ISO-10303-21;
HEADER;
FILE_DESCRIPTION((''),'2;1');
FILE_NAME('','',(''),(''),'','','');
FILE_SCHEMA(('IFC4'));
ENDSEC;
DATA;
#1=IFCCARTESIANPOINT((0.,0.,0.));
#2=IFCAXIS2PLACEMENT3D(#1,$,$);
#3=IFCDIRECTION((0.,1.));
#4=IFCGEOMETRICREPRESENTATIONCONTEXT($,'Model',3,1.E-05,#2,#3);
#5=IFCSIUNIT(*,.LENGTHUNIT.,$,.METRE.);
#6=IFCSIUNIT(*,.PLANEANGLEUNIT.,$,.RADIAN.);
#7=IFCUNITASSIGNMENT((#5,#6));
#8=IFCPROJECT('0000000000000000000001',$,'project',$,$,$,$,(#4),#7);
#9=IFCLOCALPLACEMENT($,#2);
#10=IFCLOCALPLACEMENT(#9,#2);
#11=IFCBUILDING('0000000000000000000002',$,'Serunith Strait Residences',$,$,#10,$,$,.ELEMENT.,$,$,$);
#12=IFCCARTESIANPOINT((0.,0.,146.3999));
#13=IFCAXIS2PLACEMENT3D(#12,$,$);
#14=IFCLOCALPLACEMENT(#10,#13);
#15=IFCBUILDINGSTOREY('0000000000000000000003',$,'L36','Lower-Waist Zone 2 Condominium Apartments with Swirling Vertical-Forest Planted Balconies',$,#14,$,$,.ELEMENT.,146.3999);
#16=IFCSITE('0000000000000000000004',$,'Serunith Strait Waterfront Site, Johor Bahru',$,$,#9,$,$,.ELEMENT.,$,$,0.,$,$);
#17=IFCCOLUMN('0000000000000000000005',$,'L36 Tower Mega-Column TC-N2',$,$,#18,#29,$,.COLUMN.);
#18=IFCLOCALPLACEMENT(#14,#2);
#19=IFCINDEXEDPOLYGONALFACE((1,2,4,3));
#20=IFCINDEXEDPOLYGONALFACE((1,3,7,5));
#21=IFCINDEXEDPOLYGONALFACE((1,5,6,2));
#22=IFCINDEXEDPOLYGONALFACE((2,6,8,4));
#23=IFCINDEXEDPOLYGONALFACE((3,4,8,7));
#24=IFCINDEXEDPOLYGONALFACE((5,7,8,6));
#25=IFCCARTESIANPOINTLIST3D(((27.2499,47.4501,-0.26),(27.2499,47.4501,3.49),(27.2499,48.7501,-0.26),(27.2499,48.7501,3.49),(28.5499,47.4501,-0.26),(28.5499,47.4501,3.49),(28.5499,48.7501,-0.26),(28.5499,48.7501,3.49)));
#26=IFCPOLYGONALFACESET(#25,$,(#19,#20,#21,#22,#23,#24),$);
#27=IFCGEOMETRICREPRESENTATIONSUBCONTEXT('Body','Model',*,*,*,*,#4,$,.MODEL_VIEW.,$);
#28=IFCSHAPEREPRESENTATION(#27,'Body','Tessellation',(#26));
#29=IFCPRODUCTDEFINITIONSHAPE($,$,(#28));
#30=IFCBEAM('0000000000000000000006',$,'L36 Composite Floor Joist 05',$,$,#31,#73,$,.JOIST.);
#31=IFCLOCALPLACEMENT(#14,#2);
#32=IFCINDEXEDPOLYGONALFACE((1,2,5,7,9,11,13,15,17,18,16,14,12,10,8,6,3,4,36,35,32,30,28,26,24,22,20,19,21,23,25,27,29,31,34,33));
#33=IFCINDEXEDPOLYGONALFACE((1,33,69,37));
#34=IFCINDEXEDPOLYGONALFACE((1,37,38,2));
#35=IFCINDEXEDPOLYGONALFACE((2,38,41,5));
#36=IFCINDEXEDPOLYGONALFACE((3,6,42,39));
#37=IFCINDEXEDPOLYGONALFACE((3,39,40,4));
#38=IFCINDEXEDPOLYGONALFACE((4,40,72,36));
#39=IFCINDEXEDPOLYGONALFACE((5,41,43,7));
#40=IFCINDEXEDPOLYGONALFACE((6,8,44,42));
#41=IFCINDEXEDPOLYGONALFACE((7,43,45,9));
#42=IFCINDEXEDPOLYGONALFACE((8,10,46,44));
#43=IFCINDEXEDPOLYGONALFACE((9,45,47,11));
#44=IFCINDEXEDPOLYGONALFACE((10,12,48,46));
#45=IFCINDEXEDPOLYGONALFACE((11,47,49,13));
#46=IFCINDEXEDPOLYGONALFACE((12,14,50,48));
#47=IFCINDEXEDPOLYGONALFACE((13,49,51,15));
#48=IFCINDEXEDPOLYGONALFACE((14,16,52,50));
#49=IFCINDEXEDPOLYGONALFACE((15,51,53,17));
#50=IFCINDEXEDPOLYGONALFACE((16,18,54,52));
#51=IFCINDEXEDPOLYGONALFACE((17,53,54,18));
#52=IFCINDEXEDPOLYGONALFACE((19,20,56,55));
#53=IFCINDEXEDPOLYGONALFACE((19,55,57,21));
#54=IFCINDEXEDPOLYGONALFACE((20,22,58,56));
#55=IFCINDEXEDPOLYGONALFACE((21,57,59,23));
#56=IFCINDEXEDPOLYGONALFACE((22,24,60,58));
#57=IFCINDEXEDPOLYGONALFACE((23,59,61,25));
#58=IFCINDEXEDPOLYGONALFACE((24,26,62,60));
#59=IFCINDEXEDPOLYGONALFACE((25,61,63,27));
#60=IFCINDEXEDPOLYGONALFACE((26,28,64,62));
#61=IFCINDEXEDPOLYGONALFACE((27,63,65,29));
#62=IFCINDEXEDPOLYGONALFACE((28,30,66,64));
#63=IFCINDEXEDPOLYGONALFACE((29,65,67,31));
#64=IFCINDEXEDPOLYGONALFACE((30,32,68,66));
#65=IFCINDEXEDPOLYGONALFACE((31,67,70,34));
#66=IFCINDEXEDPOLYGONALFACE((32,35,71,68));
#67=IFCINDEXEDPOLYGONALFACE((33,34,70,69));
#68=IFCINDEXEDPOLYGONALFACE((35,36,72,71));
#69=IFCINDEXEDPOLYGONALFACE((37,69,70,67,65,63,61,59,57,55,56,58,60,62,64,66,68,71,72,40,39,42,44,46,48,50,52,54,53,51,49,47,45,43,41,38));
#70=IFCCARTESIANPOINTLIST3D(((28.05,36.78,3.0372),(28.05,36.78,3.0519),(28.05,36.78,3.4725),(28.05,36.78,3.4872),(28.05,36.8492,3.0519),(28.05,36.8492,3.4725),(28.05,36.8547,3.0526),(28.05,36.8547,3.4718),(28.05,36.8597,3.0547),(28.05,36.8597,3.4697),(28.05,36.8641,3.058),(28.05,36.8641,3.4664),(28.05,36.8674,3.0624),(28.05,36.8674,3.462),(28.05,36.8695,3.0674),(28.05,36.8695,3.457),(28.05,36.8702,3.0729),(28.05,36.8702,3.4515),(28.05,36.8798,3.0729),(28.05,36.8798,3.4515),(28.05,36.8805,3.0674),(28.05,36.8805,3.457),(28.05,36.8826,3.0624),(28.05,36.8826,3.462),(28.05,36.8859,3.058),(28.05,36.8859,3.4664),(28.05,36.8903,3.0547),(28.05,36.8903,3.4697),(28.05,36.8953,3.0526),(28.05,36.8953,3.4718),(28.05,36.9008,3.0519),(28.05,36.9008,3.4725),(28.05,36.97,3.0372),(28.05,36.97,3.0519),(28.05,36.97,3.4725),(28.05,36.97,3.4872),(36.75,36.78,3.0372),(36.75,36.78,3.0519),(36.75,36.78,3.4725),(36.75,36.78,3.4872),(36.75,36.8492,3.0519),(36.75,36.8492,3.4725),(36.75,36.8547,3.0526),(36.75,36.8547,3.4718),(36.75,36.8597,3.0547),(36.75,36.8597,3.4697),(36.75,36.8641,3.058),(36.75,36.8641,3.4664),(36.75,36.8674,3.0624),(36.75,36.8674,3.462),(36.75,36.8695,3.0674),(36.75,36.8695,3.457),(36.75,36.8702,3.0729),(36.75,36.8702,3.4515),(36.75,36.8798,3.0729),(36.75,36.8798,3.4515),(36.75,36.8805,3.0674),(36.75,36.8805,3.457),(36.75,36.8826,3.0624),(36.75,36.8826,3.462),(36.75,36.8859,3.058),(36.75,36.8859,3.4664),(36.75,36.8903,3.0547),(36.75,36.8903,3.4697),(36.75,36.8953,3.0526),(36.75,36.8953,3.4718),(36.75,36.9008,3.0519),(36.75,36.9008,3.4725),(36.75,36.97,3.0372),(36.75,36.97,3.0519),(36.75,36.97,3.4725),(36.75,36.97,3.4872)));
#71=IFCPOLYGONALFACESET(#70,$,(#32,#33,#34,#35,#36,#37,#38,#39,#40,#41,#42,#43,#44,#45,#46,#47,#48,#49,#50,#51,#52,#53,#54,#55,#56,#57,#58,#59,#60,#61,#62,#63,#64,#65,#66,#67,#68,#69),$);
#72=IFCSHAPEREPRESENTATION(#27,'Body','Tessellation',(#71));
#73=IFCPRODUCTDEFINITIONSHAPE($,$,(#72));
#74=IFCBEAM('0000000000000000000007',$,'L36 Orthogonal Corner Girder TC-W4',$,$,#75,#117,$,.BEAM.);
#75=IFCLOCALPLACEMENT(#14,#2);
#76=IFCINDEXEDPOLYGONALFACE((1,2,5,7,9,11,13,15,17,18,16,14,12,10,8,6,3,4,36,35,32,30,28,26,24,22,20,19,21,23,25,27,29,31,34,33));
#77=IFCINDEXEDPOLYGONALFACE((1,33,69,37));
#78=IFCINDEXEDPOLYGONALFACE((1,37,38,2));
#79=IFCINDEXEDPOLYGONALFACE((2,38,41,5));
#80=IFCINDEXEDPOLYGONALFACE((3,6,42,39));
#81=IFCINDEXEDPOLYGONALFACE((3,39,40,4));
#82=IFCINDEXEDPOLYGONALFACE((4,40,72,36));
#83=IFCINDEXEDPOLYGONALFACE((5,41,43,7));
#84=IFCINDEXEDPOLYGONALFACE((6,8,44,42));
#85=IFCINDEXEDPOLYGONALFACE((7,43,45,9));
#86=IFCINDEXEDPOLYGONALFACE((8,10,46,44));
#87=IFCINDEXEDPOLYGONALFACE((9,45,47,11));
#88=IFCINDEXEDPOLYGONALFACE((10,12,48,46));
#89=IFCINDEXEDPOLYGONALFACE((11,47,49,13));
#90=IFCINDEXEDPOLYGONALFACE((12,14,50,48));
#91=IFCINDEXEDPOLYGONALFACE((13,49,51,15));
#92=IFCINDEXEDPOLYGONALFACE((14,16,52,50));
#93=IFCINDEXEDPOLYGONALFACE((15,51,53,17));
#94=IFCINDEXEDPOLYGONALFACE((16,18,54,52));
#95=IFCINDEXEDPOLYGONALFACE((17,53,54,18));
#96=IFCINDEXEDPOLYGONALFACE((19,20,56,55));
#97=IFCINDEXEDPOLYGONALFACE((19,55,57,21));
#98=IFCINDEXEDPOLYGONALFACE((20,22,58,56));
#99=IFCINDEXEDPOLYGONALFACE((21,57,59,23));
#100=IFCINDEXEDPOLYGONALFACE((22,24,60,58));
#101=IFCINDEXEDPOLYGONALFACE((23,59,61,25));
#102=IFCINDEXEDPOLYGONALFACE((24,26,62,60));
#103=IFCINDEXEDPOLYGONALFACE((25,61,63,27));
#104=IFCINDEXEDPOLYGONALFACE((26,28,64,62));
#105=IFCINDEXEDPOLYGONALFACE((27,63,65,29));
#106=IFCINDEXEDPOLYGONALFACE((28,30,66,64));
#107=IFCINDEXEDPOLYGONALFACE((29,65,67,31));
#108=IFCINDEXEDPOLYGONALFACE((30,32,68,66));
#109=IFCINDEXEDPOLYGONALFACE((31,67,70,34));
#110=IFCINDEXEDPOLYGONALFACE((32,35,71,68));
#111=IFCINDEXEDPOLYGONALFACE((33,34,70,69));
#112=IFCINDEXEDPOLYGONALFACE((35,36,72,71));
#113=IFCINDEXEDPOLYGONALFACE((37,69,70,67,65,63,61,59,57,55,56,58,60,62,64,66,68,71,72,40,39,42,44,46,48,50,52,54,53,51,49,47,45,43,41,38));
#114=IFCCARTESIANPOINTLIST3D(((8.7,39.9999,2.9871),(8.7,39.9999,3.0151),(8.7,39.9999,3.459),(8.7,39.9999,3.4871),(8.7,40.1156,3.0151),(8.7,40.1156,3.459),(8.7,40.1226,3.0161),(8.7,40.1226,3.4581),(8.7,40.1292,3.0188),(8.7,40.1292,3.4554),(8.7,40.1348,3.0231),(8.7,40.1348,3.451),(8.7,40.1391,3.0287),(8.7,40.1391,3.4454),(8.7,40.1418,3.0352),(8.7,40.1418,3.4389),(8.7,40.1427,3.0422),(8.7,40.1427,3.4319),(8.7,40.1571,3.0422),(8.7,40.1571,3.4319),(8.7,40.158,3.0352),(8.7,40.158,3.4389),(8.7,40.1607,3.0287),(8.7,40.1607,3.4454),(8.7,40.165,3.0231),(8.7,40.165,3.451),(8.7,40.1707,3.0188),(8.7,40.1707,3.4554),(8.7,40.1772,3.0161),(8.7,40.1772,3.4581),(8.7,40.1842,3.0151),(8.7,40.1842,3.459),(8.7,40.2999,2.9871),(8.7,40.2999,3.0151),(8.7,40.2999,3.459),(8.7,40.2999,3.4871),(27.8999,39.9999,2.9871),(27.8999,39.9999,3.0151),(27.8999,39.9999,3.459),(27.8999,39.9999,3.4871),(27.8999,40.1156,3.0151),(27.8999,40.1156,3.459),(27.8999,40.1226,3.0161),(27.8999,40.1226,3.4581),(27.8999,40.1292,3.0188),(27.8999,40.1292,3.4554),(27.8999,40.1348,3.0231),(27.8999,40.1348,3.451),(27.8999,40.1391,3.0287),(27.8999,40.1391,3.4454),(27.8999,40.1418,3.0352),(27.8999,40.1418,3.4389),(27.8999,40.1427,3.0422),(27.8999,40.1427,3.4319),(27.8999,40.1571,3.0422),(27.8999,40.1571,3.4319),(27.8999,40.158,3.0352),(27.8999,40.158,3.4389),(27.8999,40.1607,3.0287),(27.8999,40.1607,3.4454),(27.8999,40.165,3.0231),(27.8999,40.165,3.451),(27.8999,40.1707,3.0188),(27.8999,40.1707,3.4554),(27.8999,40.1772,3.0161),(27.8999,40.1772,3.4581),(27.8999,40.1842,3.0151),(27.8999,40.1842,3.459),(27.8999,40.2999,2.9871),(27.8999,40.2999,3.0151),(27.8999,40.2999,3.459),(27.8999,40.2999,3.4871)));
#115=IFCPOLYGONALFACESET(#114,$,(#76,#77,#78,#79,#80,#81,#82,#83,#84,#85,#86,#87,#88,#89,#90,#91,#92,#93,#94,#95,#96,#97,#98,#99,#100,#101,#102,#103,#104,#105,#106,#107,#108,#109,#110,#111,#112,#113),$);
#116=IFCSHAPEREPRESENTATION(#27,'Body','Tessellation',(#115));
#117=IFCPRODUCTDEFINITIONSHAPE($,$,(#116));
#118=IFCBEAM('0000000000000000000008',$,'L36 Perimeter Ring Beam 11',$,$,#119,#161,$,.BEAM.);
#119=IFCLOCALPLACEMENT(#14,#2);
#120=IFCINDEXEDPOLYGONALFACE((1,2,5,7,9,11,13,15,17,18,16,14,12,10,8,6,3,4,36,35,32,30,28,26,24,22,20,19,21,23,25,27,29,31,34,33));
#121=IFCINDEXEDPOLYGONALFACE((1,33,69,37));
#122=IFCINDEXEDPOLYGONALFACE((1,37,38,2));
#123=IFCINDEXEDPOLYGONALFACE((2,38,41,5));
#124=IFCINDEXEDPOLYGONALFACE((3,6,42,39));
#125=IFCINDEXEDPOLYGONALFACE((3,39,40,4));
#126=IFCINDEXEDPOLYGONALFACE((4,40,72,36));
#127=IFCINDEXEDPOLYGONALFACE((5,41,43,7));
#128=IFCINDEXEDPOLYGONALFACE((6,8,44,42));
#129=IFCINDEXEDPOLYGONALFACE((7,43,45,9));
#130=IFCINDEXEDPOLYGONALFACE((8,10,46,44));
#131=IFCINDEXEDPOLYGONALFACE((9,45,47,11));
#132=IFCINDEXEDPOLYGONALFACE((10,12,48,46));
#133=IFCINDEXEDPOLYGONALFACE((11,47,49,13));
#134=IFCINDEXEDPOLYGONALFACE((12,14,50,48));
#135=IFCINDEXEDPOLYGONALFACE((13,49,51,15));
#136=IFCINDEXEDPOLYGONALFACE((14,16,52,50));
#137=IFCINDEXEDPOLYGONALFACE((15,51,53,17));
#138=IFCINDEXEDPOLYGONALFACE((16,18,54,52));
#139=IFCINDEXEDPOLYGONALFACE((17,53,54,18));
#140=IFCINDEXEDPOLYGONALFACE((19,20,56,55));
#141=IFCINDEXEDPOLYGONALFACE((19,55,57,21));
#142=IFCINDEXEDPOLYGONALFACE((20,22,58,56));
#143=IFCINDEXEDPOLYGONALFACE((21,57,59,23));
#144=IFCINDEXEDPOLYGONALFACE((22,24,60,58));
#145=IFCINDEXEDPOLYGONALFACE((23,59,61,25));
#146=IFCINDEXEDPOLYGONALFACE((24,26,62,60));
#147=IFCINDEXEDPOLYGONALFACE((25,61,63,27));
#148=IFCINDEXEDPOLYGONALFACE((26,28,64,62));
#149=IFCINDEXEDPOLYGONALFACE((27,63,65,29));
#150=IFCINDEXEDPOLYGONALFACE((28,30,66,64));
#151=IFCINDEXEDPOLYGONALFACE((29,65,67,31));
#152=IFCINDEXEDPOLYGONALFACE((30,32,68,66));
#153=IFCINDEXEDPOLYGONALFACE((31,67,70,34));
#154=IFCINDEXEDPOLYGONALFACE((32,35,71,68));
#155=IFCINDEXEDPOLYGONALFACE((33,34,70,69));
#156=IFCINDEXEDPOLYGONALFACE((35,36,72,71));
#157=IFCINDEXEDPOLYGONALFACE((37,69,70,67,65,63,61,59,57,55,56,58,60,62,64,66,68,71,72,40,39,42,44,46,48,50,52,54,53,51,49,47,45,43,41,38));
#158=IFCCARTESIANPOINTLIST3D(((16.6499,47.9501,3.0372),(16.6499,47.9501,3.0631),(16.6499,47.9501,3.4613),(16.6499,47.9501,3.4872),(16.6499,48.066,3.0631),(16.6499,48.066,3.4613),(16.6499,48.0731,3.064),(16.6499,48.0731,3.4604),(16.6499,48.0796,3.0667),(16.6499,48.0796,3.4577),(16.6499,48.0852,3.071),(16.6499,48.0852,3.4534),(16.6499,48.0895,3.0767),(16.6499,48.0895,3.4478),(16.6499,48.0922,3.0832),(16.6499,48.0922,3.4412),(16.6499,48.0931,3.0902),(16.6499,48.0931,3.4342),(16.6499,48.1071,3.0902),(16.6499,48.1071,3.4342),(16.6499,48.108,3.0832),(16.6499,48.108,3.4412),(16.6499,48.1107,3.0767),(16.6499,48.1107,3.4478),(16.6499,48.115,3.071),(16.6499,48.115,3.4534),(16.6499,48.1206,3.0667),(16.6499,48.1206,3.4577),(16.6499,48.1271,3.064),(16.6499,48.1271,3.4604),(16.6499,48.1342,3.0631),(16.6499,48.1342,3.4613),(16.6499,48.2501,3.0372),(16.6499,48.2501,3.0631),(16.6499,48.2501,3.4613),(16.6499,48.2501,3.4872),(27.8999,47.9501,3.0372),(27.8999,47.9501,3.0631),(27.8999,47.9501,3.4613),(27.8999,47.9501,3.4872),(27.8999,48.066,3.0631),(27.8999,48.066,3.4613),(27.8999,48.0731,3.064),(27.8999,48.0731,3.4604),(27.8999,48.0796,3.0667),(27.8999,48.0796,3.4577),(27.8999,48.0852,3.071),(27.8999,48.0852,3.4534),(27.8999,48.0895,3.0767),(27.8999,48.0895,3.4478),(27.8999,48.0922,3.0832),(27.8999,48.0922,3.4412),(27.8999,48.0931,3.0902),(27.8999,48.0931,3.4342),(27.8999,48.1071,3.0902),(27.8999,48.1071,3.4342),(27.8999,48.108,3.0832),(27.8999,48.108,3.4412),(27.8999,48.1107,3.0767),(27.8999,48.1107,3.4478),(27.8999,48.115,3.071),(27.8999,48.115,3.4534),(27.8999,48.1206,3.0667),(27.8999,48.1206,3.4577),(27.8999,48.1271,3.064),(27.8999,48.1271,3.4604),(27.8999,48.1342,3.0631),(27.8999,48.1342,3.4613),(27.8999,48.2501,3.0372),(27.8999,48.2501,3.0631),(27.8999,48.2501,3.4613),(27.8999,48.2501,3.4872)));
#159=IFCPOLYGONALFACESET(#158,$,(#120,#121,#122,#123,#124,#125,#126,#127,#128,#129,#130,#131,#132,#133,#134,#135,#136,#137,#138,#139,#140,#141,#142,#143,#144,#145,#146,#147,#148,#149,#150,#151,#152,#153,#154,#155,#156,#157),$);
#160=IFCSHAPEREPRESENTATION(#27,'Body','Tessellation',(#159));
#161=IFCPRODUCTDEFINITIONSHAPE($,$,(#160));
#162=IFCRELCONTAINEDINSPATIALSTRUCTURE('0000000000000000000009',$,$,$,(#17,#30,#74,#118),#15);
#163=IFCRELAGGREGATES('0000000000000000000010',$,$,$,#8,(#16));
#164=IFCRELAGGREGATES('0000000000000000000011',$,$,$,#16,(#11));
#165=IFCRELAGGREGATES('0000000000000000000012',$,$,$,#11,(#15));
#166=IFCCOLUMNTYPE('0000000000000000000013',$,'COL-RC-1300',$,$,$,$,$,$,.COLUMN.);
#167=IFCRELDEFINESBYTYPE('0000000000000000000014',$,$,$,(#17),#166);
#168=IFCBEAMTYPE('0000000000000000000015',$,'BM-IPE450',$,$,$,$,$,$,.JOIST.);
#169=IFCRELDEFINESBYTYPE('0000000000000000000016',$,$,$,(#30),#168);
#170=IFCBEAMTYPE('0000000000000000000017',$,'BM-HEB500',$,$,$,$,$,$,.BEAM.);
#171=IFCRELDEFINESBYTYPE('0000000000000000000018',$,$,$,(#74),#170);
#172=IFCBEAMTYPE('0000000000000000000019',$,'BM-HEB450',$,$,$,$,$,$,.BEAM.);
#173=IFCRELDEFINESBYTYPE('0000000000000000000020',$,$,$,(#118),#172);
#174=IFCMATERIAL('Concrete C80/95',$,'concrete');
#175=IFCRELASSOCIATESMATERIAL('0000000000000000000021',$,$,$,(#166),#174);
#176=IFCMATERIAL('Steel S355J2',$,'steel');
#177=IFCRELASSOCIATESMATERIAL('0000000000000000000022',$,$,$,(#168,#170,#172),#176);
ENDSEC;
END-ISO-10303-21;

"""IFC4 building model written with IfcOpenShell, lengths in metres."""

from ifc_helpers import new_model, si_unit, direction, frame, origin, origin_2d, place, context, subcontext, project, spatial, rectangle, i_section, extrude, source, transform, mapped, material, material_profile, profile_set, type_object, element, save


model = new_model("IFC4")

# Units and contexts
model_context = context("Model", 3, precision=1e-05, world=origin(), true_north=direction((0.0, 1.0)))
body_context = subcontext(model_context, "Body", "Model", "MODEL_VIEW")
ifc_project = project(units=[si_unit("LENGTHUNIT", "METRE"), si_unit("PLANEANGLEUNIT", "RADIAN")], contexts=[model_context])

# Site, building, storey
site_placement = place(None, origin())
site = spatial("IfcSite", under=ifc_project, at=site_placement, Name="Serunith Strait Waterfront Site, Johor Bahru", CompositionType="ELEMENT", RefElevation=0.0)
building_placement = place(site_placement, origin())
building = spatial("IfcBuilding", under=site, at=building_placement, Name="Serunith Strait Residences", CompositionType="ELEMENT")
storey_placement = place(building_placement, frame((0.0, 0.0, 146.3999)))
storey = spatial("IfcBuildingStorey", under=building, at=storey_placement, Name="L36", Description="Lower-Waist Zone 2 Condominium Apartments with Swirling Vertical-Forest Planted Balconies", CompositionType="ELEMENT", Elevation=146.3999)

# Column
ifc_material_1 = material(Name="Concrete C80/95", Category="concrete")
ifc_material_profile_1 = material_profile(ifc_material_1, rectangle(XDim=1.3, YDim=1.3, at=origin_2d()), Name="RC 1300x1300")
ifc_profile_set_1 = profile_set([ifc_material_profile_1], Name="Concrete C80/95")
column_type = type_object("IfcColumnType", Name="COL-RC-1300", PredefinedType="COLUMN", material=ifc_profile_set_1)
shared_shape_1 = source(origin(), body_context, "Body", "SweptSolid", [
    extrude(rectangle(XDim=1.3, YDim=1.3, at=origin_2d()), origin(), (0.0, 0.0, 1.0), 3.75),
])
column_placement = place(storey_placement, frame((27.8999, 48.1001, -0.26), z_axis=(0.0, 0.0, 1.0), x_axis=(1.0, 0.0, 0.0)))
element("IfcColumn", 1, at=column_placement, inside=storey, type_object=column_type, Name="L36 Tower Mega-Column TC-N2", PredefinedType="COLUMN", context=body_context, shape_type="MappedRepresentation", body=[
    mapped(shared_shape_1, transform((0.0, 0.0, 0.0), scale=1.0)),
])

# Beams
ifc_material_2 = material(Name="Steel S355J2", Category="steel")
ifc_material_profile_2 = material_profile(ifc_material_2, i_section(OverallWidth=0.1899, OverallDepth=0.45, WebThickness=0.0095, FlangeThickness=0.0146, FilletRadius=0.021, at=origin_2d()), Name="IPE 450")
ifc_profile_set_2 = profile_set([ifc_material_profile_2], Name="Steel S355J2")
beam_type_1 = type_object("IfcBeamType", Name="BM-IPE450", PredefinedType="JOIST", material=ifc_profile_set_2)
shared_shape_2 = source(origin(), body_context, "Body", "SweptSolid", [
    extrude(i_section(OverallWidth=0.1899, OverallDepth=0.45, WebThickness=0.0095, FlangeThickness=0.0146, FilletRadius=0.021, at=origin_2d()), origin(), (0.0, 0.0, 1.0), 8.7),
])
beam_1_placement = place(storey_placement, frame((28.05, 36.875, 3.2622), z_axis=(1.0, 0.0, 0.0), x_axis=(0.0, 1.0, 0.0)))
element("IfcBeam", 2, at=beam_1_placement, inside=storey, type_object=beam_type_1, Name="L36 Composite Floor Joist 05", PredefinedType="JOIST", context=body_context, shape_type="MappedRepresentation", body=[
    mapped(shared_shape_2, transform((0.0, 0.0, 0.0), scale=1.0)),
])
ifc_material_profile_3 = material_profile(ifc_material_2, i_section(OverallWidth=0.3, OverallDepth=0.5, WebThickness=0.0144, FlangeThickness=0.0281, FilletRadius=0.0271, at=origin_2d()), Name="HEB 500")
ifc_profile_set_3 = profile_set([ifc_material_profile_3], Name="Steel S355J2")
beam_type_2 = type_object("IfcBeamType", Name="BM-HEB500", PredefinedType="BEAM", material=ifc_profile_set_3)
shared_shape_3 = source(origin(), body_context, "Body", "SweptSolid", [
    extrude(i_section(OverallWidth=0.3, OverallDepth=0.5, WebThickness=0.0144, FlangeThickness=0.0281, FilletRadius=0.0271, at=origin_2d()), origin(), (0.0, 0.0, 1.0), 19.2),
])
beam_2_placement = place(storey_placement, frame((27.8999, 40.1499, 3.2371), z_axis=(-1.0, 0.0, 0.0), x_axis=(0.0, -1.0, 0.0)))
element("IfcBeam", 3, at=beam_2_placement, inside=storey, type_object=beam_type_2, Name="L36 Orthogonal Corner Girder TC-W4", PredefinedType="BEAM", context=body_context, shape_type="MappedRepresentation", body=[
    mapped(shared_shape_3, transform((0.0, 0.0, 0.0), scale=1.0)),
])
ifc_material_profile_4 = material_profile(ifc_material_2, i_section(OverallWidth=0.3, OverallDepth=0.45, WebThickness=0.0139, FlangeThickness=0.0259, FilletRadius=0.0271, at=origin_2d()), Name="HEB 450")
ifc_profile_set_4 = profile_set([ifc_material_profile_4], Name="Steel S355J2")
beam_type_3 = type_object("IfcBeamType", Name="BM-HEB450", PredefinedType="BEAM", material=ifc_profile_set_4)
shared_shape_4 = source(origin(), body_context, "Body", "SweptSolid", [
    extrude(i_section(OverallWidth=0.3, OverallDepth=0.45, WebThickness=0.0139, FlangeThickness=0.0259, FilletRadius=0.0271, at=origin_2d()), origin(), (0.0, 0.0, 1.0), 11.25),
])
beam_3_placement = place(storey_placement, frame((27.8999, 48.1001, 3.2622), z_axis=(-1.0, 0.0, 0.0), x_axis=(0.0, -1.0, 0.0)))
element("IfcBeam", 4, at=beam_3_placement, inside=storey, type_object=beam_type_3, Name="L36 Perimeter Ring Beam 11", PredefinedType="BEAM", context=body_context, shape_type="MappedRepresentation", body=[
    mapped(shared_shape_4, transform((0.0, 0.0, 0.0), scale=1.0)),
])

save(model, "model.ifc")
